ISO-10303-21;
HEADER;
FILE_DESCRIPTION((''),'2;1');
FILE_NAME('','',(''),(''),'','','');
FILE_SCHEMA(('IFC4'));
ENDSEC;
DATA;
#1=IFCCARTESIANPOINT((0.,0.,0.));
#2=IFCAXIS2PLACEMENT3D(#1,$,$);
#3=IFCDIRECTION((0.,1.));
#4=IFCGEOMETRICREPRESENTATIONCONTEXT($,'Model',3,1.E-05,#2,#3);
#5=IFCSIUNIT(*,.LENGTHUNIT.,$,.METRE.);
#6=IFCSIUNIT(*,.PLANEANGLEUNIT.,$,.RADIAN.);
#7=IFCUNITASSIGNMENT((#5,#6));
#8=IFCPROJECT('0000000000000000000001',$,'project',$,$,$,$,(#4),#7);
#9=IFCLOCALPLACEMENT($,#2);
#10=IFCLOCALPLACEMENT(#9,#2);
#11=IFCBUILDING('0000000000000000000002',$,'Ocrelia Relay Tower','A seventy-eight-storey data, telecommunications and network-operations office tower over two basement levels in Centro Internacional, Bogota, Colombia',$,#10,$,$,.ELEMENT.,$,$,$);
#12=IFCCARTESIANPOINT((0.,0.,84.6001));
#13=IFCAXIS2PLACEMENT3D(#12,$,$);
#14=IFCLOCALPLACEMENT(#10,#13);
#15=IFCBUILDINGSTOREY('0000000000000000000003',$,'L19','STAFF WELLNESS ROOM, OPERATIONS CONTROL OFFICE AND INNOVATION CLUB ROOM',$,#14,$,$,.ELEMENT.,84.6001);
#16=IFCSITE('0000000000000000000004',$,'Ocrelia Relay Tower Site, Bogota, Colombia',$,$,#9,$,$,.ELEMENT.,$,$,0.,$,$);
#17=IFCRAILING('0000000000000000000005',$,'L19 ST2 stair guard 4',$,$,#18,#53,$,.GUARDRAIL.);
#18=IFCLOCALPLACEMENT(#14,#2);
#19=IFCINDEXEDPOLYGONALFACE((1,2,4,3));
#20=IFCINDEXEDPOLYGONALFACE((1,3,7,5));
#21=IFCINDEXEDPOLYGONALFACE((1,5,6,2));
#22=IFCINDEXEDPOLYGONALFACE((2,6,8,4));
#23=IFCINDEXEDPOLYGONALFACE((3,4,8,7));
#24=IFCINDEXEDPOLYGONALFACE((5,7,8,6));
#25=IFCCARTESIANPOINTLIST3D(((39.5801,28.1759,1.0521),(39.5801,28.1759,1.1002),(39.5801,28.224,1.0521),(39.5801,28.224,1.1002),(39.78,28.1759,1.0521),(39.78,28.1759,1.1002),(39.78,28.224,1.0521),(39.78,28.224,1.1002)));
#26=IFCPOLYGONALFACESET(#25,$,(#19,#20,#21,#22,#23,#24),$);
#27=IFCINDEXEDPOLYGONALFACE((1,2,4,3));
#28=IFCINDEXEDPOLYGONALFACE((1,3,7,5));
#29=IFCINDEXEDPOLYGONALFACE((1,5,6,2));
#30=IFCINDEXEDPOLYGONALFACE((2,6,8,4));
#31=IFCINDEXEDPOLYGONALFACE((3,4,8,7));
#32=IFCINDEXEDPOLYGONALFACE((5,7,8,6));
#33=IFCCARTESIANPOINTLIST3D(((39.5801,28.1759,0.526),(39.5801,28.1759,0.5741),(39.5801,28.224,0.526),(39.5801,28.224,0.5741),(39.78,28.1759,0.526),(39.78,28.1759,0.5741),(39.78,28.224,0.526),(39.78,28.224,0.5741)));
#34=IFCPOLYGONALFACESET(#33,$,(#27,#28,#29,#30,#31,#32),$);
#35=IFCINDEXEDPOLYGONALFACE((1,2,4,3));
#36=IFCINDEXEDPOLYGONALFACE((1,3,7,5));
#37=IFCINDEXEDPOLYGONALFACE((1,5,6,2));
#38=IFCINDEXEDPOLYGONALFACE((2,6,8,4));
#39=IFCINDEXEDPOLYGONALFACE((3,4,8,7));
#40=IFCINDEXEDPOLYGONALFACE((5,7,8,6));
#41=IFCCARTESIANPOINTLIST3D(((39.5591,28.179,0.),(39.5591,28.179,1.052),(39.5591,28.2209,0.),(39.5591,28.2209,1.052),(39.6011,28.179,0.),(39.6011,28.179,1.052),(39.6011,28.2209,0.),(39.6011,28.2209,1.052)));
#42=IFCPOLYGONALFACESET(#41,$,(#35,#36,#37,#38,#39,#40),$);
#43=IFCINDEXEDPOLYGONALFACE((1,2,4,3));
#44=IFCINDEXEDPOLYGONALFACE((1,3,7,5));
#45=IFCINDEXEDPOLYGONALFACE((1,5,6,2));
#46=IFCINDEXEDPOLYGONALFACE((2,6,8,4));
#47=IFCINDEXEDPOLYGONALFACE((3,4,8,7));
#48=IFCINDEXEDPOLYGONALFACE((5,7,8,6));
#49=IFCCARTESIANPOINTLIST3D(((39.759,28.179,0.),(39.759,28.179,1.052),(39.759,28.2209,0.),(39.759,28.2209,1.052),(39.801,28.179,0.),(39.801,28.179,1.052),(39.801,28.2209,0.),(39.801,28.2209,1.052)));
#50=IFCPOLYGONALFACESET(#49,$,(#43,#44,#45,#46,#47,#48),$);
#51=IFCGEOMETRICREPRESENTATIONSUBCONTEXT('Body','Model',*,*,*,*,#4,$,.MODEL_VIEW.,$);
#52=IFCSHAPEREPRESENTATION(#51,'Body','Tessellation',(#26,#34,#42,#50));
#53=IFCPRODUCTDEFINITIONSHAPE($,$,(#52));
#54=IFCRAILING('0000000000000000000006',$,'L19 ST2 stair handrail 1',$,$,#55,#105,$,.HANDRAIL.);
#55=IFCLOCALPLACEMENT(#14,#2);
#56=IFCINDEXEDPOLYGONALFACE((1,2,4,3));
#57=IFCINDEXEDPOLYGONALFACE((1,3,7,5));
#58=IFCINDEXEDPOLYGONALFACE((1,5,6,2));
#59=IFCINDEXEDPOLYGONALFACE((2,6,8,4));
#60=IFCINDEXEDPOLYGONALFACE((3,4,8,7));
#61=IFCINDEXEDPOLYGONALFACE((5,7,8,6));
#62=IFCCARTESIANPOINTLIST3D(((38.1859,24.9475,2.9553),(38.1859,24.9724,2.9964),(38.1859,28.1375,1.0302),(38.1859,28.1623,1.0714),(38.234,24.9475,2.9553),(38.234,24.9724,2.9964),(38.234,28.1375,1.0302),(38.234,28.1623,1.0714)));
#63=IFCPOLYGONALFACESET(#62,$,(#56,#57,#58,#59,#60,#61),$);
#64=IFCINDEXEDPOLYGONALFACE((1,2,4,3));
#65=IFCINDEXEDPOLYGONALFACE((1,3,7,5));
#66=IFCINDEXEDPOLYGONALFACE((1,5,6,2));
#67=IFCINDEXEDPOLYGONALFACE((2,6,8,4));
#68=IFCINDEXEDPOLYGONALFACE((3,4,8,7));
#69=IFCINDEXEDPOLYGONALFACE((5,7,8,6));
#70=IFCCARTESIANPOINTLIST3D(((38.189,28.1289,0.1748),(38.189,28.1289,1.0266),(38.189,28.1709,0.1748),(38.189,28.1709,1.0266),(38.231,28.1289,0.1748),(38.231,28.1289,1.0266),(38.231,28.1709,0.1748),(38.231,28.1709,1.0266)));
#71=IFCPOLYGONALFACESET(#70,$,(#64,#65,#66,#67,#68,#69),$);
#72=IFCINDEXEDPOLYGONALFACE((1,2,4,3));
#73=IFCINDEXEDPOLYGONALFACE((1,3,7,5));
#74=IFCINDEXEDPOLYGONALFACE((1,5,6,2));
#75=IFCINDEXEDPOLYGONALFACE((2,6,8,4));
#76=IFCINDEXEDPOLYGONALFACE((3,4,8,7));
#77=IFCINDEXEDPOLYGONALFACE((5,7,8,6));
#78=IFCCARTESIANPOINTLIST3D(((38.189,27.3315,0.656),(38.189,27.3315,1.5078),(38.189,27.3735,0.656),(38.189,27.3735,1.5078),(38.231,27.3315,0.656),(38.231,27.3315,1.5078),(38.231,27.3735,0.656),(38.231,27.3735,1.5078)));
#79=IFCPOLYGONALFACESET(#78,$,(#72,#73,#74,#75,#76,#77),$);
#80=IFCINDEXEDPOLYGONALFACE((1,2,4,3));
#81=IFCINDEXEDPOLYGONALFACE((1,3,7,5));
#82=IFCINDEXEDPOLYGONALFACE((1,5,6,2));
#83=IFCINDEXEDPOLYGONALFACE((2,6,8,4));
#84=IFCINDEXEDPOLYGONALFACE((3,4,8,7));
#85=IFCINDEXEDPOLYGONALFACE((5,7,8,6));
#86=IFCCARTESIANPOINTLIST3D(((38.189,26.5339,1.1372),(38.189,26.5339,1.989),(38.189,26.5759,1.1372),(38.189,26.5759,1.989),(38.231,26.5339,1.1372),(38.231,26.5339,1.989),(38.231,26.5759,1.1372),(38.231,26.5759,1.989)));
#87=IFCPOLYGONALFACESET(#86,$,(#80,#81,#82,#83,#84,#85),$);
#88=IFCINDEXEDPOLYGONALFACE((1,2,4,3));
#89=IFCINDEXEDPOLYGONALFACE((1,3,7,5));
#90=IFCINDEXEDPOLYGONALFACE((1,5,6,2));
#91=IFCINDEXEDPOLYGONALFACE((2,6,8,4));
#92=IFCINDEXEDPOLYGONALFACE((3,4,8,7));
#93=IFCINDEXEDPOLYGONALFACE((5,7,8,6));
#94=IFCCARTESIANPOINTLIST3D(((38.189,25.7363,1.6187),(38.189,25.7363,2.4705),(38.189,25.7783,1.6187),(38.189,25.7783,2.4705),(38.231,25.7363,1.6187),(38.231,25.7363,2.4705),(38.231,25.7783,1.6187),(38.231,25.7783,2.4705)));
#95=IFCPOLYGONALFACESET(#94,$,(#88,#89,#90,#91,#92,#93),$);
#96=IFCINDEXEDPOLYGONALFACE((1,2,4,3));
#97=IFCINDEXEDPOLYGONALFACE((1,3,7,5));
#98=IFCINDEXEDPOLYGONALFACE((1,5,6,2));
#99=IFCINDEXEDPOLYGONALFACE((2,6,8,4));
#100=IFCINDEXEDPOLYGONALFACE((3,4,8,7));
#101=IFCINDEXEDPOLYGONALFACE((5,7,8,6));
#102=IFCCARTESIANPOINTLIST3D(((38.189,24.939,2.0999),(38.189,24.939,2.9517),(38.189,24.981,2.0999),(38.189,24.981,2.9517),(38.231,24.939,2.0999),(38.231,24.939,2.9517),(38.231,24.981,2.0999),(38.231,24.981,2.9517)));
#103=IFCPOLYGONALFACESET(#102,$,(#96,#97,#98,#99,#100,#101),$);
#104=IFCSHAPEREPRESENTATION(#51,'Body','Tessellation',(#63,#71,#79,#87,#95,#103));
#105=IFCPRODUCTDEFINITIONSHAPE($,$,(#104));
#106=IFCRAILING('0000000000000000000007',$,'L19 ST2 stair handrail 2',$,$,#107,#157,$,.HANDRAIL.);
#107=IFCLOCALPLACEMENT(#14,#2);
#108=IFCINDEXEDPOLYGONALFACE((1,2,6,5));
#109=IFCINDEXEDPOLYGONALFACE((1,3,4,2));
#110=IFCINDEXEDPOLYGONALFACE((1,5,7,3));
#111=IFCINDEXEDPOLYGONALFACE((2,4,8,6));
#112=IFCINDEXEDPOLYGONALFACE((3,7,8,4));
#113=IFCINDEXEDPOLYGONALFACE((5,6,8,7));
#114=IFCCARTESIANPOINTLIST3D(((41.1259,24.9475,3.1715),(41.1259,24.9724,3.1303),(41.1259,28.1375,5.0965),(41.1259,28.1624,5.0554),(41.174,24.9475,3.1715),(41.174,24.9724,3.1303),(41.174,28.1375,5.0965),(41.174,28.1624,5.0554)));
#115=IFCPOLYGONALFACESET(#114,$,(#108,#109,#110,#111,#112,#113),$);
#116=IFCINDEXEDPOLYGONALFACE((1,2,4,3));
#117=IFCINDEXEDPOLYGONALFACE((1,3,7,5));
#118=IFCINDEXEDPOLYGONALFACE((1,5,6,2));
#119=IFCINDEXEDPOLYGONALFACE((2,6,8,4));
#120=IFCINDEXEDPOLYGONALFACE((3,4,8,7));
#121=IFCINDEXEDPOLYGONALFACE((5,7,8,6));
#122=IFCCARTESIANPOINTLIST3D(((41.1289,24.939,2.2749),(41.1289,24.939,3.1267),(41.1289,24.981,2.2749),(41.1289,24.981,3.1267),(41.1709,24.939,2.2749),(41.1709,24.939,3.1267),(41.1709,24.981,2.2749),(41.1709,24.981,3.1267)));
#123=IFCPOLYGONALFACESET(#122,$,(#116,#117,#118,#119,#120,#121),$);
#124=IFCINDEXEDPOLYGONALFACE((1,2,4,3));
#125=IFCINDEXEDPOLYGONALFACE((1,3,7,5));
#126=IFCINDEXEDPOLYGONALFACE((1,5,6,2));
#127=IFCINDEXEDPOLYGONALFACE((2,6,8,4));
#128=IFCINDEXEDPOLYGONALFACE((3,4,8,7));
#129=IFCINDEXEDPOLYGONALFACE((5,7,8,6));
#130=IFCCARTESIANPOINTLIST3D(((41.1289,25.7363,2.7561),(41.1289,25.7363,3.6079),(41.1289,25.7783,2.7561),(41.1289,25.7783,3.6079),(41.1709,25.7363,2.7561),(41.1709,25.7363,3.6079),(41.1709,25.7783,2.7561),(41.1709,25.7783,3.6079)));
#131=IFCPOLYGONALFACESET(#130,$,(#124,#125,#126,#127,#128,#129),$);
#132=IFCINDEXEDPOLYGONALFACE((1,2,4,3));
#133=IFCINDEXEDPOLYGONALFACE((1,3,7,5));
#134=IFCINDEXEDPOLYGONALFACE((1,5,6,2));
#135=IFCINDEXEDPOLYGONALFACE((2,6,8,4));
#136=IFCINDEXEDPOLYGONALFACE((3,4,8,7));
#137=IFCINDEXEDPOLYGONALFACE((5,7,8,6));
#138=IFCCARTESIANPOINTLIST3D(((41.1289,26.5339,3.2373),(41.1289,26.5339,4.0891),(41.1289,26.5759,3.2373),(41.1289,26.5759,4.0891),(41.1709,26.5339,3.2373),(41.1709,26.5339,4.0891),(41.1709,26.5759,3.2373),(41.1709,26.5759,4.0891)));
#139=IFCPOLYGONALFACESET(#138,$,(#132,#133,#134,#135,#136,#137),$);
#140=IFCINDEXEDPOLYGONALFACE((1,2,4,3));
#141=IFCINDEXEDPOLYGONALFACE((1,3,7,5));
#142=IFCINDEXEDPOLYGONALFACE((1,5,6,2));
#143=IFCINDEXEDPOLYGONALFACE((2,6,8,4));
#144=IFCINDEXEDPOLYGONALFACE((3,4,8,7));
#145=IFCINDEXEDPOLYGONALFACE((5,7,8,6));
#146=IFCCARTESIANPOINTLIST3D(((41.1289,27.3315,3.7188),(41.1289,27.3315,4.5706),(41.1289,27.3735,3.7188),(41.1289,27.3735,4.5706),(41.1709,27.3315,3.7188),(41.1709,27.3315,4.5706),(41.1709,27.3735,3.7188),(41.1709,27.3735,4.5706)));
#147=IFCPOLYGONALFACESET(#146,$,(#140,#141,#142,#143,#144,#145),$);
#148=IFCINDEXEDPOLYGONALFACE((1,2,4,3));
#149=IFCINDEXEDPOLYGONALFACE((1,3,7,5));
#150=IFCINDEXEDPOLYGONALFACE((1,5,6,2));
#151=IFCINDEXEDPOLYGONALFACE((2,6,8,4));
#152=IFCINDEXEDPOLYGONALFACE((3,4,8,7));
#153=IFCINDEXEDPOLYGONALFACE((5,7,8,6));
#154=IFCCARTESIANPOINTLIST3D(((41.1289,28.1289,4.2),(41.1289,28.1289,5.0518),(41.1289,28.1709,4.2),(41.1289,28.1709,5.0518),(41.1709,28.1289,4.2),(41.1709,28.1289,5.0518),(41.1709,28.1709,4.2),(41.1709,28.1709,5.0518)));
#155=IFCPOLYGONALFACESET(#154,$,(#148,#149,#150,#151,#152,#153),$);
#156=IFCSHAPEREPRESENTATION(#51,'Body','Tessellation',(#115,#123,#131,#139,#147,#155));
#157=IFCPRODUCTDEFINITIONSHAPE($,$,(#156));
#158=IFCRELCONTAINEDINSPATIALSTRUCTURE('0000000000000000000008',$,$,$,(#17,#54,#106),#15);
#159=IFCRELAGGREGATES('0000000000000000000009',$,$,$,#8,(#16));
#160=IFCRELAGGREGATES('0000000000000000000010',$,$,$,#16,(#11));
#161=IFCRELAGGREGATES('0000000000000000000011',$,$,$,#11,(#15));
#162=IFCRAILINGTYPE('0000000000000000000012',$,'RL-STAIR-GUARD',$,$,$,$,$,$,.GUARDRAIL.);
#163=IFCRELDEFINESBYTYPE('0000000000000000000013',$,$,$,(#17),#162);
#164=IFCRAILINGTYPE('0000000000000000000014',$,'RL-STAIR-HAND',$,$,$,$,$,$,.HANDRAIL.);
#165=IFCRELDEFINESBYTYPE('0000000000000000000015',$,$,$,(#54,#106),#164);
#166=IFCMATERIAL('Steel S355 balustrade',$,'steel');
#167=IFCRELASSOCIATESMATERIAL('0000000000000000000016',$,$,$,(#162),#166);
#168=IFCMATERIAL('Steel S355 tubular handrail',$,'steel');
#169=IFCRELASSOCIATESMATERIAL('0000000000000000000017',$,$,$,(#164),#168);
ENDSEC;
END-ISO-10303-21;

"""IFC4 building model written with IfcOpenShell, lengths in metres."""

from ifc_helpers import new_model, si_unit, direction, frame, origin, origin_2d, place, context, subcontext, project, spatial, rectangle, extrude, material, type_object, element, save


model = new_model("IFC4")

# Units and contexts
model_context = context("Model", 3, precision=1e-05, world=origin(), true_north=direction((0.0, 1.0)))
body_context = subcontext(model_context, "Body", "Model", "MODEL_VIEW")
ifc_project = project(units=[si_unit("LENGTHUNIT", "METRE"), si_unit("PLANEANGLEUNIT", "RADIAN")], contexts=[model_context])

# Site, building, storey
site_placement = place(None, origin())
site = spatial("IfcSite", under=ifc_project, at=site_placement, Name="Ocrelia Relay Tower Site, Bogota, Colombia", CompositionType="ELEMENT", RefElevation=0.0)
building_placement = place(site_placement, origin())
building = spatial("IfcBuilding", under=site, at=building_placement, Name="Ocrelia Relay Tower", Description="A seventy-eight-storey data, telecommunications and network-operations office tower over two basement levels in Centro Internacional, Bogota, Colombia", CompositionType="ELEMENT")
storey_placement = place(building_placement, frame((0.0, 0.0, 84.6001)))
storey = spatial("IfcBuildingStorey", under=building, at=storey_placement, Name="L19", Description="STAFF WELLNESS ROOM, OPERATIONS CONTROL OFFICE AND INNOVATION CLUB ROOM", CompositionType="ELEMENT", Elevation=84.6001)

# Railings
ifc_material_1 = material(Name="Steel S355 balustrade", Category="steel")
railing_type_1 = type_object("IfcRailingType", Name="RL-STAIR-GUARD", PredefinedType="GUARDRAIL", material=ifc_material_1)
railing_1_placement = place(storey_placement, frame((39.5801, 28.2, 0.0)))
element("IfcRailing", 1, at=railing_1_placement, inside=storey, type_object=railing_type_1, Name="L19 ST2 stair guard 4", PredefinedType="GUARDRAIL", context=body_context, shape_type="SweptSolid", body=[
    extrude(rectangle(XDim=0.0481, YDim=0.0481, at=origin_2d()), frame((0.0, 0.0, 1.0762), z_axis=(1.0, 0.0, 0.0), x_axis=(0.0, 1.0, 0.0)), (0.0, 0.0, 1.0), 0.2),
    extrude(rectangle(XDim=0.0481, YDim=0.0481, at=origin_2d()), frame((0.0, 0.0, 0.55), z_axis=(1.0, 0.0, 0.0), x_axis=(0.0, 1.0, 0.0)), (0.0, 0.0, 1.0), 0.2),
    extrude(rectangle(XDim=0.042, YDim=0.042, at=origin_2d()), origin(), (0.0, 0.0, 1.0), 1.052),
    extrude(rectangle(XDim=0.042, YDim=0.042, at=origin_2d()), frame((0.2, 0.0, 0.0)), (0.0, 0.0, 1.0), 1.052),
])
ifc_material_2 = material(Name="Steel S355 tubular handrail", Category="steel")
railing_type_2 = type_object("IfcRailingType", Name="RL-STAIR-HAND", PredefinedType="HANDRAIL", material=ifc_material_2)
railing_2_placement = place(storey_placement, frame((38.21, 28.1499, 0.1748)))
element("IfcRailing", 2, at=railing_2_placement, inside=storey, type_object=railing_type_2, Name="L19 ST2 stair handrail 1", PredefinedType="HANDRAIL", context=body_context, shape_type="SweptSolid", body=[
    extrude(rectangle(XDim=0.0481, YDim=0.0481, at=origin_2d()), frame((0.0, 0.0, 0.876), z_axis=(0.0, -0.856178, 0.516682), x_axis=(1.0, 0.0, 0.0)), (0.0, 0.0, 1.0), 3.7258),
    extrude(rectangle(XDim=0.042, YDim=0.042, at=origin_2d()), origin(), (0.0, 0.0, 1.0), 0.8518),
    extrude(rectangle(XDim=0.042, YDim=0.042, at=origin_2d()), frame((0.0, -0.7974, 0.4812)), (0.0, 0.0, 1.0), 0.8518),
    extrude(rectangle(XDim=0.042, YDim=0.042, at=origin_2d()), frame((0.0, -1.595, 0.9624)), (0.0, 0.0, 1.0), 0.8518),
    extrude(rectangle(XDim=0.042, YDim=0.042, at=origin_2d()), frame((0.0, -2.3926, 1.4438)), (0.0, 0.0, 1.0), 0.8518),
    extrude(rectangle(XDim=0.042, YDim=0.042, at=origin_2d()), frame((0.0, -3.1899, 1.925)), (0.0, 0.0, 1.0), 0.8518),
])
railing_3_placement = place(storey_placement, frame((41.1499, 24.96, 2.2749)))
element("IfcRailing", 3, at=railing_3_placement, inside=storey, type_object=railing_type_2, Name="L19 ST2 stair handrail 2", PredefinedType="HANDRAIL", context=body_context, shape_type="SweptSolid", body=[
    extrude(rectangle(XDim=0.0481, YDim=0.0481, at=origin_2d()), frame((0.0, 0.0, 0.876), z_axis=(0.0, 0.856178, 0.516682), x_axis=(-1.0, 0.0, 0.0)), (0.0, 0.0, 1.0), 3.7258),
    extrude(rectangle(XDim=0.042, YDim=0.042, at=origin_2d()), origin(), (0.0, 0.0, 1.0), 0.8518),
    extrude(rectangle(XDim=0.042, YDim=0.042, at=origin_2d()), frame((0.0, 0.7974, 0.4812)), (0.0, 0.0, 1.0), 0.8518),
    extrude(rectangle(XDim=0.042, YDim=0.042, at=origin_2d()), frame((0.0, 1.595, 0.9624)), (0.0, 0.0, 1.0), 0.8518),
    extrude(rectangle(XDim=0.042, YDim=0.042, at=origin_2d()), frame((0.0, 2.3926, 1.4438)), (0.0, 0.0, 1.0), 0.8518),
    extrude(rectangle(XDim=0.042, YDim=0.042, at=origin_2d()), frame((0.0, 3.1899, 1.925)), (0.0, 0.0, 1.0), 0.8518),
])

save(model, "model.ifc")
